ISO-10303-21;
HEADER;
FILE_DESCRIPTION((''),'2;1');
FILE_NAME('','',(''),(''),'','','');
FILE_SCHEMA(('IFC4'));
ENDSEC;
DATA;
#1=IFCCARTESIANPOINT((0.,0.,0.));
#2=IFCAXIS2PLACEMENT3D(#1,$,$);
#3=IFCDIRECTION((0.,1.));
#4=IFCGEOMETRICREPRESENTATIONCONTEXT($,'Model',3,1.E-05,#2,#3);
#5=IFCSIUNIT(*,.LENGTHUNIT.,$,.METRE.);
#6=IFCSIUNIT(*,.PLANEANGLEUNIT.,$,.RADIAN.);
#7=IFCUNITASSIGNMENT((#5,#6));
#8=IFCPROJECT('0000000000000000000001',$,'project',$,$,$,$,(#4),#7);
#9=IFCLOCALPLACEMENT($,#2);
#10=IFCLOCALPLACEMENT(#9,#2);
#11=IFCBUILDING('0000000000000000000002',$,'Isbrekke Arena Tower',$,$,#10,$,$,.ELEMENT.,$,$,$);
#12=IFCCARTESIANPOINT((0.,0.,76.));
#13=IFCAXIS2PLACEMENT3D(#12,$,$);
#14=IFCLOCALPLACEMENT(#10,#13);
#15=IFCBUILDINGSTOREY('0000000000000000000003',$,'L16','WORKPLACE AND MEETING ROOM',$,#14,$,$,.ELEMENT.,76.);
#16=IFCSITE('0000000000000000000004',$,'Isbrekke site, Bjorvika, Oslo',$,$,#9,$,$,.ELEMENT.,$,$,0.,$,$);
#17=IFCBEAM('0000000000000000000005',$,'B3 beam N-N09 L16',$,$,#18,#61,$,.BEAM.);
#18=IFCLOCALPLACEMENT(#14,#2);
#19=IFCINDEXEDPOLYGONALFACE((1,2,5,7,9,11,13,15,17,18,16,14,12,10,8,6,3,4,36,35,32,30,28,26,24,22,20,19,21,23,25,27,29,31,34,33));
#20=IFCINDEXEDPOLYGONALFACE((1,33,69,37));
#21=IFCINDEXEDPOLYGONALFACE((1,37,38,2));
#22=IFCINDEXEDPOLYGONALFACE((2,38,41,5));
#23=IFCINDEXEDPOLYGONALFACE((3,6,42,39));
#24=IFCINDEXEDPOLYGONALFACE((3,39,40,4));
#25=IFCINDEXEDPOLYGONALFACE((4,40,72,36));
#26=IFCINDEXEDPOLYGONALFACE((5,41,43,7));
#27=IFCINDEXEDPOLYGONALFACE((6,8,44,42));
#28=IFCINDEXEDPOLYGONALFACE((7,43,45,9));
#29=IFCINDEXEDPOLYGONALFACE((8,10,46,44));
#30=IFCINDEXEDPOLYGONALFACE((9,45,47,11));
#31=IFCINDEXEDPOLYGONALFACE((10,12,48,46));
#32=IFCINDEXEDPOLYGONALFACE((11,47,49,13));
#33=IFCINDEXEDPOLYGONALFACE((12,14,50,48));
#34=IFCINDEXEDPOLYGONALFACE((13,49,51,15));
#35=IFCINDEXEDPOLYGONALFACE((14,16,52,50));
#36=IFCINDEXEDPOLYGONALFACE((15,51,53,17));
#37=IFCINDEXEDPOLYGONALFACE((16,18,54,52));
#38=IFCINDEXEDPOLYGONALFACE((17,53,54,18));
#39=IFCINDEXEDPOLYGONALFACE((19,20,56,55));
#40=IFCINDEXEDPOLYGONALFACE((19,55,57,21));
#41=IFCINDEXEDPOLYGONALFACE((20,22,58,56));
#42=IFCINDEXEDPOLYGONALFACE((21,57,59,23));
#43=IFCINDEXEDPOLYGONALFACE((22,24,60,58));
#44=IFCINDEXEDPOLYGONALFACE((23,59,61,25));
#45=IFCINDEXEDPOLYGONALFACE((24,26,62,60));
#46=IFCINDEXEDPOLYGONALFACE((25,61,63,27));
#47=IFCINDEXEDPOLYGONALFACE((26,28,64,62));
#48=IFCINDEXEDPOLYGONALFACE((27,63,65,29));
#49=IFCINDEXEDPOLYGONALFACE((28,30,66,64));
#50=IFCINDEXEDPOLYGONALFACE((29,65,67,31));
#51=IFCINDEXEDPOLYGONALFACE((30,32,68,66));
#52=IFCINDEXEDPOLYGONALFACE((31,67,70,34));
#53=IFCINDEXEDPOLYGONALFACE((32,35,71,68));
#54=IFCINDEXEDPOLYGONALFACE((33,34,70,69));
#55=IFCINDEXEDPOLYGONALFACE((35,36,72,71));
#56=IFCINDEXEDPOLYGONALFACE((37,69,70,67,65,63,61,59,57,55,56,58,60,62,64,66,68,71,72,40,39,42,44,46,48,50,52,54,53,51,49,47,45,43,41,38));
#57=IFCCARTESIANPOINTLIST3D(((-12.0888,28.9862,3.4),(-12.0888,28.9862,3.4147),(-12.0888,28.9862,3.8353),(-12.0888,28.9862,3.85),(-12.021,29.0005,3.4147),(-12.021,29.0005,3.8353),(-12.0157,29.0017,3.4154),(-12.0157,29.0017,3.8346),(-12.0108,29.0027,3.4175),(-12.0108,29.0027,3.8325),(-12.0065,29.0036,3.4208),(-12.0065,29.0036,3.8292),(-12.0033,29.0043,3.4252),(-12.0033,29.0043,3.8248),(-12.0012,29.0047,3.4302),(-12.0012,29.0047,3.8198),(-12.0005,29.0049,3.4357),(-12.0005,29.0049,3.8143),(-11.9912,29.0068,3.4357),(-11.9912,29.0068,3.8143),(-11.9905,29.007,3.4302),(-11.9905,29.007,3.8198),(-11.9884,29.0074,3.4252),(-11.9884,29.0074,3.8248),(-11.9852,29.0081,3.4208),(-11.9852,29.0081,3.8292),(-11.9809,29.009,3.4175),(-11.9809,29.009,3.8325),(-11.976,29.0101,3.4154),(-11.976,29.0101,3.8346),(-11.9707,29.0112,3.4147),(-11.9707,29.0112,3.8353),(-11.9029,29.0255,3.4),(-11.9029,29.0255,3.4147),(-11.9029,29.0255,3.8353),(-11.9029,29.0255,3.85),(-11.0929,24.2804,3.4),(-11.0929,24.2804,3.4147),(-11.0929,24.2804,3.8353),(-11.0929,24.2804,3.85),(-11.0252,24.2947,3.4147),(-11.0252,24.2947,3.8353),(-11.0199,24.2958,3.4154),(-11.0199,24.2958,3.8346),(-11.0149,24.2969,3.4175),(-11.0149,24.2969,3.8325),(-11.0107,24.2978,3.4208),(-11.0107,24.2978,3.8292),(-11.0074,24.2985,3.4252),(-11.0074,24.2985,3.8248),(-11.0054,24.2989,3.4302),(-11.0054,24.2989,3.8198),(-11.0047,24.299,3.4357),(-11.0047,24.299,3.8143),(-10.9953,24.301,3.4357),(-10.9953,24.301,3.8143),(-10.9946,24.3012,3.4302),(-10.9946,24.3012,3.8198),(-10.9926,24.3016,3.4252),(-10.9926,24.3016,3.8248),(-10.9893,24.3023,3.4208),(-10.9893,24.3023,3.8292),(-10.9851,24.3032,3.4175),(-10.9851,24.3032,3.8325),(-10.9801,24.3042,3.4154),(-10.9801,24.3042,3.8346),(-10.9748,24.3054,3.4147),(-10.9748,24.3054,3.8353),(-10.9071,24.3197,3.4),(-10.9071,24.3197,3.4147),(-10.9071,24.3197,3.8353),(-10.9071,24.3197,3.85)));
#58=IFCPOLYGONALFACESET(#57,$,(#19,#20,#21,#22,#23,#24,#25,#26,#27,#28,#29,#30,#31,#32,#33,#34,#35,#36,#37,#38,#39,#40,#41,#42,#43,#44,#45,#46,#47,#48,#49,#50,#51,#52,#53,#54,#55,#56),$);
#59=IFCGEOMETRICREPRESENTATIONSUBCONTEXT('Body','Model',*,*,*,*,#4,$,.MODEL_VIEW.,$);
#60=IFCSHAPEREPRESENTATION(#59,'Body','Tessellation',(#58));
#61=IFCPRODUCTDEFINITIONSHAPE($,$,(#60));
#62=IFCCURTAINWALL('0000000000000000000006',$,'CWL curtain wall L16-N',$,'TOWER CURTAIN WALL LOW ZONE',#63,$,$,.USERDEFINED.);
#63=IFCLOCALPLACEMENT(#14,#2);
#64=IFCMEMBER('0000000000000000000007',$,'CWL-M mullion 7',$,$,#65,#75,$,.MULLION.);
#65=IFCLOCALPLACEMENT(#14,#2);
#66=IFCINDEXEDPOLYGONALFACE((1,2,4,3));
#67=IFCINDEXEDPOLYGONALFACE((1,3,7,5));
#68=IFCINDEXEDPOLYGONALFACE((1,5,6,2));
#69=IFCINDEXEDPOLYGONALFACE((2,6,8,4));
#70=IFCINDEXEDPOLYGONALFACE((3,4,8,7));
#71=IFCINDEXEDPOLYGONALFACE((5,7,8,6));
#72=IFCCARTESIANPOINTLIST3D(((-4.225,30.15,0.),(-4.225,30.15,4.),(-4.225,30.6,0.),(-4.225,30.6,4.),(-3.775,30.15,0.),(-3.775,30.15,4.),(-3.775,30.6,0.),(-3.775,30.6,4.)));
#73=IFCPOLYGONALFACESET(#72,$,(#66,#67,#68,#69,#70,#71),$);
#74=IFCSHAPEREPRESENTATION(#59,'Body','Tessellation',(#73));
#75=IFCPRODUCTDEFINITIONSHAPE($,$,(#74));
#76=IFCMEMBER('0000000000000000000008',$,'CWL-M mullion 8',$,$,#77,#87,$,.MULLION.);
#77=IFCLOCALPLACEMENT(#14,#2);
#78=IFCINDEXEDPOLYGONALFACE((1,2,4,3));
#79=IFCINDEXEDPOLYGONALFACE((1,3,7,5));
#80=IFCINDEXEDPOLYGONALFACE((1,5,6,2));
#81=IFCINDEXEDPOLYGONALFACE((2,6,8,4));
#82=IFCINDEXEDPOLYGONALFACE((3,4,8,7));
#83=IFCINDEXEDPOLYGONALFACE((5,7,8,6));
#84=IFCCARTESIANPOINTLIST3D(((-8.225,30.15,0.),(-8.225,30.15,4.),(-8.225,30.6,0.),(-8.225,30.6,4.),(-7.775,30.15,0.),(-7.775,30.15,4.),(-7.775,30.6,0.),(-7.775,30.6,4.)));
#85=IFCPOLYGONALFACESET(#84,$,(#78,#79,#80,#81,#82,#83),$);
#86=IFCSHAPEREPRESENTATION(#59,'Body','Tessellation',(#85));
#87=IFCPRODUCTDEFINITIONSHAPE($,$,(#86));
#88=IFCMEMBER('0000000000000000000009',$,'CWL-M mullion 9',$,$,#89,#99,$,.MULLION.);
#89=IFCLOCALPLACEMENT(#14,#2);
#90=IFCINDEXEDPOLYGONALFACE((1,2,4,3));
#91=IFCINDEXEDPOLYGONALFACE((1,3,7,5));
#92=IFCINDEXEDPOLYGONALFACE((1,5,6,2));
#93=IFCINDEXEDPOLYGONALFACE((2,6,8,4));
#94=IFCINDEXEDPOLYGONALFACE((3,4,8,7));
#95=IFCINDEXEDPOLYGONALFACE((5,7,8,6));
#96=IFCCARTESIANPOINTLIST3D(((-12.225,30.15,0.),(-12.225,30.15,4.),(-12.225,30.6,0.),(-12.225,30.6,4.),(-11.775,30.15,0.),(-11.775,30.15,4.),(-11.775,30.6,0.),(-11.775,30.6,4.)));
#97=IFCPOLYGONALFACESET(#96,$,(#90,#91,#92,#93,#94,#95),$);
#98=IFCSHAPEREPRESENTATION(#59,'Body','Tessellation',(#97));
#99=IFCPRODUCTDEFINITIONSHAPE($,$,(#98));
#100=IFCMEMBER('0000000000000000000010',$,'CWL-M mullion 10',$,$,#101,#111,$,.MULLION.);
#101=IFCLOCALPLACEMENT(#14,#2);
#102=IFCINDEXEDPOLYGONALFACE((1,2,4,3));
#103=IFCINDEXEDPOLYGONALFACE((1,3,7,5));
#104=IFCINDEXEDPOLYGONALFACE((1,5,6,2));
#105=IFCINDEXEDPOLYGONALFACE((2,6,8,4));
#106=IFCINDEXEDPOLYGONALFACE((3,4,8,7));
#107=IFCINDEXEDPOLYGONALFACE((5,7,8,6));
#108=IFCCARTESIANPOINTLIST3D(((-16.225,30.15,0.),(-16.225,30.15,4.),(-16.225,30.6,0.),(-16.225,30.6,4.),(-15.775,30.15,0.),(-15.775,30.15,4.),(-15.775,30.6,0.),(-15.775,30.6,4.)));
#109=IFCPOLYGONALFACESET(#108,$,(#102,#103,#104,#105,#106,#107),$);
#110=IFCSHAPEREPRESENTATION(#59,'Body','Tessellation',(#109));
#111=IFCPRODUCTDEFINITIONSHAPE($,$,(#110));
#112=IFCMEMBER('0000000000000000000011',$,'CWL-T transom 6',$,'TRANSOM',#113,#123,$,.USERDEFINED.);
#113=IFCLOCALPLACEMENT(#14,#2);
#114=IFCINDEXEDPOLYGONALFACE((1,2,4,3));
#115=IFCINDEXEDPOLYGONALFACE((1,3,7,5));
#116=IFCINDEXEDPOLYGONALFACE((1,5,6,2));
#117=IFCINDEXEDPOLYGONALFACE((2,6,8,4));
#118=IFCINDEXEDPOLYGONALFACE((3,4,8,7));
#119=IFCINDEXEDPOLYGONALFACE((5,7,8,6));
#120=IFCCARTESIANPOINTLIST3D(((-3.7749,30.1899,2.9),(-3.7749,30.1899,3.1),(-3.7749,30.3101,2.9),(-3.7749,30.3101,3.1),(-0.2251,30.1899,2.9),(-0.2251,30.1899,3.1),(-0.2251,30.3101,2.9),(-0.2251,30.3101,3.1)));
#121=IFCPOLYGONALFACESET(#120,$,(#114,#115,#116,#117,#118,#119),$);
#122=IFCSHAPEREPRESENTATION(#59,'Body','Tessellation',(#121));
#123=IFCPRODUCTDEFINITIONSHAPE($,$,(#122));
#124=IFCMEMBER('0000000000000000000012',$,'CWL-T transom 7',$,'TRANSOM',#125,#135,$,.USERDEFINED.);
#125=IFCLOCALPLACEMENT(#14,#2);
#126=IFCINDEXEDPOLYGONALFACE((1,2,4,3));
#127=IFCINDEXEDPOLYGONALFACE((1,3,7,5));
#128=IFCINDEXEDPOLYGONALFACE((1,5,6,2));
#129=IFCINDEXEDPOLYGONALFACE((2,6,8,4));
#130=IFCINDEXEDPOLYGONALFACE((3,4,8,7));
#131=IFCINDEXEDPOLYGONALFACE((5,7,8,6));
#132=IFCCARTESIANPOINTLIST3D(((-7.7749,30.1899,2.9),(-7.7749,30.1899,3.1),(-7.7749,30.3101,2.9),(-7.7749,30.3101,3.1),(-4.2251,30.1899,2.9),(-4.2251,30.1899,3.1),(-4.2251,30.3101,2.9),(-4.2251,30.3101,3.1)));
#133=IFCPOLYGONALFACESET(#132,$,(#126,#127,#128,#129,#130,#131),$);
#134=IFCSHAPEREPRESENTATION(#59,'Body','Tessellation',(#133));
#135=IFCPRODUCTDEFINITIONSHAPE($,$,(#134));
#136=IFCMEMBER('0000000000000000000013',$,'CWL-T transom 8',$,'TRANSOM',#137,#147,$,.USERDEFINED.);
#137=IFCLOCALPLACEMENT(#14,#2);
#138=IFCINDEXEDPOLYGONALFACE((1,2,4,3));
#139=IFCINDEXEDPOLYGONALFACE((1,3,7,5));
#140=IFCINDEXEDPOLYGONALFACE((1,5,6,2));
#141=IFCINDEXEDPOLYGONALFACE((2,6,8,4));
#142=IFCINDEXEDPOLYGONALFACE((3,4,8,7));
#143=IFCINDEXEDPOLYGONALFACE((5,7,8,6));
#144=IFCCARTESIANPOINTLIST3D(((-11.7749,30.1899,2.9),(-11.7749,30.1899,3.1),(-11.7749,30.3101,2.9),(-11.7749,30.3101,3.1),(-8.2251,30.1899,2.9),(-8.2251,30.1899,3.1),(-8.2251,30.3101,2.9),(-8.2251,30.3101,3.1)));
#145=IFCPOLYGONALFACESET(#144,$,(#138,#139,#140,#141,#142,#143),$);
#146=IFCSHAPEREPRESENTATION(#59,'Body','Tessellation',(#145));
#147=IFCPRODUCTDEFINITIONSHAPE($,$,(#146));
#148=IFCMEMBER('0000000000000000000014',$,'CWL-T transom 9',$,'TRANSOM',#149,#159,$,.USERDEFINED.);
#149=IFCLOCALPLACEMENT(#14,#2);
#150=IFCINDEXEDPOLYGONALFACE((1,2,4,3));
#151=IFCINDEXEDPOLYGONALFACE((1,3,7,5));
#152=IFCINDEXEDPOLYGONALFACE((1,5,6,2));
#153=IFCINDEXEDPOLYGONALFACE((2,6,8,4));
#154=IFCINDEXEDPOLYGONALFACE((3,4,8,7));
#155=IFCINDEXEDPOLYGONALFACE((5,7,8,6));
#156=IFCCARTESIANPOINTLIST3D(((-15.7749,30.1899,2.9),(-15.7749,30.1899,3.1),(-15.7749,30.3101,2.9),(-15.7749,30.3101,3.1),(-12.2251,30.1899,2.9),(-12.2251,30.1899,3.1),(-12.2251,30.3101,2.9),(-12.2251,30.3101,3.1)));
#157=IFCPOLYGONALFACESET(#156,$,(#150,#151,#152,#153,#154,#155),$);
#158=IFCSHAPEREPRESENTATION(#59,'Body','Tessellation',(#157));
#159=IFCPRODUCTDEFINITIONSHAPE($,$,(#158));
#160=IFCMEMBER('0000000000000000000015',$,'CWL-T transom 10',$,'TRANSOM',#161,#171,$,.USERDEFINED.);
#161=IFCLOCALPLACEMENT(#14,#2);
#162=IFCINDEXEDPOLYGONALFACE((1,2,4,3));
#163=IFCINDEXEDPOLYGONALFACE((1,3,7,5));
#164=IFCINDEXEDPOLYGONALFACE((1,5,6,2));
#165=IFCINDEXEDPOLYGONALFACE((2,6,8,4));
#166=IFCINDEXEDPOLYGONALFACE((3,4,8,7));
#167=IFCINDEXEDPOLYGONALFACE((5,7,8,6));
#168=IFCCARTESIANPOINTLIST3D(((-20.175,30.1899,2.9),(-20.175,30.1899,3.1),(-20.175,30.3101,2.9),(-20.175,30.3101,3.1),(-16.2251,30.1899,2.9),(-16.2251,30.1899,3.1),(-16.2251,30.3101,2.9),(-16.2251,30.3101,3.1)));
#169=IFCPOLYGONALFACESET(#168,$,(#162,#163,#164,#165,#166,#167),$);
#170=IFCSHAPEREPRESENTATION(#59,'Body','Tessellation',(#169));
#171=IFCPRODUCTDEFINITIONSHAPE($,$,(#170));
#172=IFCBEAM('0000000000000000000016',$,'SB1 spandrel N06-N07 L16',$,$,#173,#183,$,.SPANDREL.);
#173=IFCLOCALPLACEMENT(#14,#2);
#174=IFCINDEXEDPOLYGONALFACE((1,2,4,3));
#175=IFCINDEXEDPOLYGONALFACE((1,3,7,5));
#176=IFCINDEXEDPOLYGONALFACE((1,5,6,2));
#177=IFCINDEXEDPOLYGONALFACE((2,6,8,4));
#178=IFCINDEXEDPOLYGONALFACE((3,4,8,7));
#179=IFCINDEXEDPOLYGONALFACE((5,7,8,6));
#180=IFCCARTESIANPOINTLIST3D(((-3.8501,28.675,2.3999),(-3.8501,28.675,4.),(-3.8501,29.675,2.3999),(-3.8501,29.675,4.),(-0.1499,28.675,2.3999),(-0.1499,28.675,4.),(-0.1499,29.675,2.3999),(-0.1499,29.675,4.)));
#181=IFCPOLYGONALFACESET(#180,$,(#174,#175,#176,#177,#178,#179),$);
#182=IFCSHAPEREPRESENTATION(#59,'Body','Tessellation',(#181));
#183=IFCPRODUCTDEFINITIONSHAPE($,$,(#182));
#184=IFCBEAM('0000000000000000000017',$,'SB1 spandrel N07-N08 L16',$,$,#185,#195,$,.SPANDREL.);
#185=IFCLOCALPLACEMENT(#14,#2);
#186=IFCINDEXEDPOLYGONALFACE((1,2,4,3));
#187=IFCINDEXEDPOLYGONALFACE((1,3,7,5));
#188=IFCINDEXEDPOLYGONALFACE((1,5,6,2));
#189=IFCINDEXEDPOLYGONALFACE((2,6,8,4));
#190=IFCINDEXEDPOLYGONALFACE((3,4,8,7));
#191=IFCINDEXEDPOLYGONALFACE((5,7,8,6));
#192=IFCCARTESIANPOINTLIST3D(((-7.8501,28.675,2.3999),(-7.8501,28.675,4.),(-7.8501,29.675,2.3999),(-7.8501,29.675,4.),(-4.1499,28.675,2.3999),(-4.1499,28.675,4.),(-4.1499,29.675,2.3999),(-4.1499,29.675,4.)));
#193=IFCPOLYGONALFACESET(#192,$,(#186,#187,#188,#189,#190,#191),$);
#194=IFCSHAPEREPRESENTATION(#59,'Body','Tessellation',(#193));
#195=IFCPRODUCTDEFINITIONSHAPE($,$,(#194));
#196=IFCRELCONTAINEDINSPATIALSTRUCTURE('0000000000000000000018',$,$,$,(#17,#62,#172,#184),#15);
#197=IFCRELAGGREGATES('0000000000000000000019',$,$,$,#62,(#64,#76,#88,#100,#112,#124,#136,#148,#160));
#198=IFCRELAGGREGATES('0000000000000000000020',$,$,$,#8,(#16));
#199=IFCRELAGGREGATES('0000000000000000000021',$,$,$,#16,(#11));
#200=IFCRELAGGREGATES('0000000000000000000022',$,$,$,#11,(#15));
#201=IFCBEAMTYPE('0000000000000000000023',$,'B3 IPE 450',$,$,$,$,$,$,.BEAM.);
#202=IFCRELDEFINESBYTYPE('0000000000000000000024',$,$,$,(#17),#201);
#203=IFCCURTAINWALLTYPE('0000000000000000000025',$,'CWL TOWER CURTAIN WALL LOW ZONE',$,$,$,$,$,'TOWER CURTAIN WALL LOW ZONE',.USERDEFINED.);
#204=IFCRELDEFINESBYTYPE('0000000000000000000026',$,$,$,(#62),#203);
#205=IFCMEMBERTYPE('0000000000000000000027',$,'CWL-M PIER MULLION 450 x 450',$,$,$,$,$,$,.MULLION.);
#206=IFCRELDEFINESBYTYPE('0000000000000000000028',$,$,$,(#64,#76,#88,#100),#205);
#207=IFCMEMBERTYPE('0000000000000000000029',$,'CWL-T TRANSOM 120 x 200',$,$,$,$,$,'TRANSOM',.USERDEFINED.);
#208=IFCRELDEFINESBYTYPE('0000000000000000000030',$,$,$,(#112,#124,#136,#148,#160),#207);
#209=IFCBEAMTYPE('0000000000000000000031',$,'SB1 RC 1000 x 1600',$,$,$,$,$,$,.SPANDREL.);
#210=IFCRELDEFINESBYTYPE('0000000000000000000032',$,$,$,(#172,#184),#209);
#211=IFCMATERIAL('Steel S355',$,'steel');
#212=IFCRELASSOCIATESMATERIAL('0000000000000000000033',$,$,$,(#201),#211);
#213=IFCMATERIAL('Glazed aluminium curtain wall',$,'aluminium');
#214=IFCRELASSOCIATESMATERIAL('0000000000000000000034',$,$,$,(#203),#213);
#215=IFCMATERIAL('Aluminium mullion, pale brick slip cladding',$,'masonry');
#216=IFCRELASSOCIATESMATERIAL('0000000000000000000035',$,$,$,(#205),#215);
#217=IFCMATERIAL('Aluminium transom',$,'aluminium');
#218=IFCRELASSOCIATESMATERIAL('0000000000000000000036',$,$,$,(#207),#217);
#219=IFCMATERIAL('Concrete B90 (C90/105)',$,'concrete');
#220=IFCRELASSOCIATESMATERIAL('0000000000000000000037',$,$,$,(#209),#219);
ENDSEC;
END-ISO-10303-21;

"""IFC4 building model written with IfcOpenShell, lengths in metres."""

from ifc_helpers import new_model, si_unit, direction, frame, origin, origin_2d, place, context, subcontext, project, spatial, rectangle, i_section, extrude, material, material_profile, profile_set, type_object, element, aggregate, save


model = new_model("IFC4")

# Units and contexts
model_context = context("Model", 3, precision=1e-05, world=origin(), true_north=direction((0.0, 1.0)))
body_context = subcontext(model_context, "Body", "Model", "MODEL_VIEW")
ifc_project = project(units=[si_unit("LENGTHUNIT", "METRE"), si_unit("PLANEANGLEUNIT", "RADIAN")], contexts=[model_context])

# Site, building, storey
site_placement = place(None, origin())
site = spatial("IfcSite", under=ifc_project, at=site_placement, Name="Isbrekke site, Bjorvika, Oslo", CompositionType="ELEMENT", RefElevation=0.0)
building_placement = place(site_placement, origin())
building = spatial("IfcBuilding", under=site, at=building_placement, Name="Isbrekke Arena Tower", CompositionType="ELEMENT")
storey_placement = place(building_placement, frame((0.0, 0.0, 76.0)))
storey = spatial("IfcBuildingStorey", under=building, at=storey_placement, Name="L16", Description="WORKPLACE AND MEETING ROOM", CompositionType="ELEMENT", Elevation=76.0)

# Beam
ifc_material_1 = material(Name="Steel S355", Category="steel")
ifc_material_profile_1 = material_profile(ifc_material_1, i_section(OverallWidth=0.1899, OverallDepth=0.45, WebThickness=0.0095, FlangeThickness=0.0146, FilletRadius=0.021, at=origin_2d()), Name="IPE 450")
ifc_profile_set_1 = profile_set([ifc_material_profile_1], Name="Steel S355")
beam_type_1 = type_object("IfcBeamType", Name="B3 IPE 450", PredefinedType="BEAM", material=ifc_profile_set_1)
beam_1_placement = place(storey_placement, frame((-11.9958, 29.0059, 3.625), z_axis=(0.207036, -0.978333, 0.0), x_axis=(0.978333, 0.207036, 0.0)))
element("IfcBeam", 1, at=beam_1_placement, inside=storey, type_object=beam_type_1, Name="B3 beam N-N09 L16", PredefinedType="BEAM", context=body_context, shape_type="SweptSolid", body=[
    extrude(i_section(OverallWidth=0.1899, OverallDepth=0.45, WebThickness=0.0095, FlangeThickness=0.0146, FilletRadius=0.021, at=origin_2d()), origin(), (0.0, 0.0, 1.0), 4.8101),
])

# Curtain wall, members
ifc_material_2 = material(Name="Glazed aluminium curtain wall", Category="aluminium")
curtain_wall_type = type_object("IfcCurtainWallType", Name="CWL TOWER CURTAIN WALL LOW ZONE", ElementType="TOWER CURTAIN WALL LOW ZONE", PredefinedType="USERDEFINED", material=ifc_material_2)
curtain_wall_placement = place(storey_placement, origin())
curtain_wall = element("IfcCurtainWall", 2, at=curtain_wall_placement, inside=storey, type_object=curtain_wall_type, Name="CWL curtain wall L16-N", ObjectType="TOWER CURTAIN WALL LOW ZONE", PredefinedType="USERDEFINED")
ifc_material_3 = material(Name="Aluminium mullion, pale brick slip cladding", Category="masonry")
ifc_material_profile_2 = material_profile(ifc_material_3, rectangle(XDim=0.45, YDim=0.45, at=origin_2d()), Name="PIER 450X450")
ifc_profile_set_2 = profile_set([ifc_material_profile_2], Name="Aluminium mullion, pale brick slip cladding")
member_type_1 = type_object("IfcMemberType", Name="CWL-M PIER MULLION 450 x 450", PredefinedType="MULLION", material=ifc_profile_set_2)
member_1_placement = place(storey_placement, frame((-4.0, 30.375, 0.0), z_axis=(0.0, 0.0, 1.0), x_axis=(-1.0, 0.0, 0.0)))
member_1 = element("IfcMember", 3, at=member_1_placement, type_object=member_type_1, Name="CWL-M mullion 7", PredefinedType="MULLION", context=body_context, shape_type="SweptSolid", body=[
    extrude(rectangle(XDim=0.45, YDim=0.45, at=origin_2d()), origin(), (0.0, 0.0, 1.0), 4.0),
])
member_2_placement = place(storey_placement, frame((-8.0, 30.375, 0.0), z_axis=(0.0, 0.0, 1.0), x_axis=(-1.0, 0.0, 0.0)))
member_2 = element("IfcMember", 4, at=member_2_placement, type_object=member_type_1, Name="CWL-M mullion 8", PredefinedType="MULLION", context=body_context, shape_type="SweptSolid", body=[
    extrude(rectangle(XDim=0.45, YDim=0.45, at=origin_2d()), origin(), (0.0, 0.0, 1.0), 4.0),
])
member_3_placement = place(storey_placement, frame((-12.0, 30.375, 0.0), z_axis=(0.0, 0.0, 1.0), x_axis=(-1.0, 0.0, 0.0)))
member_3 = element("IfcMember", 5, at=member_3_placement, type_object=member_type_1, Name="CWL-M mullion 9", PredefinedType="MULLION", context=body_context, shape_type="SweptSolid", body=[
    extrude(rectangle(XDim=0.45, YDim=0.45, at=origin_2d()), origin(), (0.0, 0.0, 1.0), 4.0),
])
member_4_placement = place(storey_placement, frame((-16.0, 30.375, 0.0), z_axis=(0.0, 0.0, 1.0), x_axis=(-1.0, 0.0, 0.0)))
member_4 = element("IfcMember", 6, at=member_4_placement, type_object=member_type_1, Name="CWL-M mullion 10", PredefinedType="MULLION", context=body_context, shape_type="SweptSolid", body=[
    extrude(rectangle(XDim=0.45, YDim=0.45, at=origin_2d()), origin(), (0.0, 0.0, 1.0), 4.0),
])
ifc_material_4 = material(Name="Aluminium transom", Category="aluminium")
ifc_material_profile_3 = material_profile(ifc_material_4, rectangle(XDim=0.1201, YDim=0.2, at=origin_2d()), Name="TRANSOM 120X200")
ifc_profile_set_3 = profile_set([ifc_material_profile_3], Name="Aluminium transom")
member_type_2 = type_object("IfcMemberType", Name="CWL-T TRANSOM 120 x 200", ElementType="TRANSOM", PredefinedType="USERDEFINED", material=ifc_profile_set_3)
member_5_placement = place(storey_placement, frame((-0.2251, 30.25, 3.0), z_axis=(-1.0, 0.0, 0.0), x_axis=(0.0, -1.0, 0.0)))
member_5 = element("IfcMember", 7, at=member_5_placement, type_object=member_type_2, Name="CWL-T transom 6", ObjectType="TRANSOM", PredefinedType="USERDEFINED", context=body_context, shape_type="SweptSolid", body=[
    extrude(rectangle(XDim=0.1201, YDim=0.2, at=origin_2d()), origin(), (0.0, 0.0, 1.0), 3.5498),
])
member_6_placement = place(storey_placement, frame((-4.2251, 30.25, 3.0), z_axis=(-1.0, 0.0, 0.0), x_axis=(0.0, -1.0, 0.0)))
member_6 = element("IfcMember", 8, at=member_6_placement, type_object=member_type_2, Name="CWL-T transom 7", ObjectType="TRANSOM", PredefinedType="USERDEFINED", context=body_context, shape_type="SweptSolid", body=[
    extrude(rectangle(XDim=0.1201, YDim=0.2, at=origin_2d()), origin(), (0.0, 0.0, 1.0), 3.5498),
])
member_7_placement = place(storey_placement, frame((-8.2251, 30.25, 3.0), z_axis=(-1.0, 0.0, 0.0), x_axis=(0.0, -1.0, 0.0)))
member_7 = element("IfcMember", 9, at=member_7_placement, type_object=member_type_2, Name="CWL-T transom 8", ObjectType="TRANSOM", PredefinedType="USERDEFINED", context=body_context, shape_type="SweptSolid", body=[
    extrude(rectangle(XDim=0.1201, YDim=0.2, at=origin_2d()), origin(), (0.0, 0.0, 1.0), 3.5498),
])
member_8_placement = place(storey_placement, frame((-12.2251, 30.25, 3.0), z_axis=(-1.0, 0.0, 0.0), x_axis=(0.0, -1.0, 0.0)))
member_8 = element("IfcMember", 10, at=member_8_placement, type_object=member_type_2, Name="CWL-T transom 9", ObjectType="TRANSOM", PredefinedType="USERDEFINED", context=body_context, shape_type="SweptSolid", body=[
    extrude(rectangle(XDim=0.1201, YDim=0.2, at=origin_2d()), origin(), (0.0, 0.0, 1.0), 3.5498),
])
member_9_placement = place(storey_placement, frame((-16.2251, 30.25, 3.0), z_axis=(-1.0, 0.0, 0.0), x_axis=(0.0, -1.0, 0.0)))
member_9 = element("IfcMember", 11, at=member_9_placement, type_object=member_type_2, Name="CWL-T transom 10", ObjectType="TRANSOM", PredefinedType="USERDEFINED", context=body_context, shape_type="SweptSolid", body=[
    extrude(rectangle(XDim=0.1201, YDim=0.2, at=origin_2d()), origin(), (0.0, 0.0, 1.0), 3.95),
])

# Beams
ifc_material_5 = material(Name="Concrete B90 (C90/105)", Category="concrete")
ifc_material_profile_4 = material_profile(ifc_material_5, rectangle(XDim=1.0, YDim=1.6001, at=origin_2d()), Name="RC 1000x1600")
ifc_profile_set_4 = profile_set([ifc_material_profile_4], Name="Concrete B90 (C90/105)")
beam_type_2 = type_object("IfcBeamType", Name="SB1 RC 1000 x 1600", PredefinedType="SPANDREL", material=ifc_profile_set_4)
for number, where, z_axis, x_axis, name in (
    (12, (-0.1499, 29.175, 3.2), (-1.0, 0.0, 0.0), (0.0, -1.0, 0.0), "SB1 spandrel N06-N07 L16"),
    (13, (-4.1499, 29.175, 3.2), (-1.0, 0.0, 0.0), (0.0, -1.0, 0.0), "SB1 spandrel N07-N08 L16"),
):
    element("IfcBeam", number, at=place(storey_placement, frame(where, z_axis=z_axis, x_axis=x_axis)), inside=storey, type_object=beam_type_2, Name=name, PredefinedType="SPANDREL", context=body_context, shape_type="SweptSolid", body=[
        extrude(rectangle(XDim=1.0, YDim=1.6001, at=origin_2d()), origin(), (0.0, 0.0, 1.0), 3.7002),
    ])

aggregate(curtain_wall, [member_1, member_2, member_3, member_4, member_5, member_6, member_7, member_8, member_9])

save(model, "model.ifc")
